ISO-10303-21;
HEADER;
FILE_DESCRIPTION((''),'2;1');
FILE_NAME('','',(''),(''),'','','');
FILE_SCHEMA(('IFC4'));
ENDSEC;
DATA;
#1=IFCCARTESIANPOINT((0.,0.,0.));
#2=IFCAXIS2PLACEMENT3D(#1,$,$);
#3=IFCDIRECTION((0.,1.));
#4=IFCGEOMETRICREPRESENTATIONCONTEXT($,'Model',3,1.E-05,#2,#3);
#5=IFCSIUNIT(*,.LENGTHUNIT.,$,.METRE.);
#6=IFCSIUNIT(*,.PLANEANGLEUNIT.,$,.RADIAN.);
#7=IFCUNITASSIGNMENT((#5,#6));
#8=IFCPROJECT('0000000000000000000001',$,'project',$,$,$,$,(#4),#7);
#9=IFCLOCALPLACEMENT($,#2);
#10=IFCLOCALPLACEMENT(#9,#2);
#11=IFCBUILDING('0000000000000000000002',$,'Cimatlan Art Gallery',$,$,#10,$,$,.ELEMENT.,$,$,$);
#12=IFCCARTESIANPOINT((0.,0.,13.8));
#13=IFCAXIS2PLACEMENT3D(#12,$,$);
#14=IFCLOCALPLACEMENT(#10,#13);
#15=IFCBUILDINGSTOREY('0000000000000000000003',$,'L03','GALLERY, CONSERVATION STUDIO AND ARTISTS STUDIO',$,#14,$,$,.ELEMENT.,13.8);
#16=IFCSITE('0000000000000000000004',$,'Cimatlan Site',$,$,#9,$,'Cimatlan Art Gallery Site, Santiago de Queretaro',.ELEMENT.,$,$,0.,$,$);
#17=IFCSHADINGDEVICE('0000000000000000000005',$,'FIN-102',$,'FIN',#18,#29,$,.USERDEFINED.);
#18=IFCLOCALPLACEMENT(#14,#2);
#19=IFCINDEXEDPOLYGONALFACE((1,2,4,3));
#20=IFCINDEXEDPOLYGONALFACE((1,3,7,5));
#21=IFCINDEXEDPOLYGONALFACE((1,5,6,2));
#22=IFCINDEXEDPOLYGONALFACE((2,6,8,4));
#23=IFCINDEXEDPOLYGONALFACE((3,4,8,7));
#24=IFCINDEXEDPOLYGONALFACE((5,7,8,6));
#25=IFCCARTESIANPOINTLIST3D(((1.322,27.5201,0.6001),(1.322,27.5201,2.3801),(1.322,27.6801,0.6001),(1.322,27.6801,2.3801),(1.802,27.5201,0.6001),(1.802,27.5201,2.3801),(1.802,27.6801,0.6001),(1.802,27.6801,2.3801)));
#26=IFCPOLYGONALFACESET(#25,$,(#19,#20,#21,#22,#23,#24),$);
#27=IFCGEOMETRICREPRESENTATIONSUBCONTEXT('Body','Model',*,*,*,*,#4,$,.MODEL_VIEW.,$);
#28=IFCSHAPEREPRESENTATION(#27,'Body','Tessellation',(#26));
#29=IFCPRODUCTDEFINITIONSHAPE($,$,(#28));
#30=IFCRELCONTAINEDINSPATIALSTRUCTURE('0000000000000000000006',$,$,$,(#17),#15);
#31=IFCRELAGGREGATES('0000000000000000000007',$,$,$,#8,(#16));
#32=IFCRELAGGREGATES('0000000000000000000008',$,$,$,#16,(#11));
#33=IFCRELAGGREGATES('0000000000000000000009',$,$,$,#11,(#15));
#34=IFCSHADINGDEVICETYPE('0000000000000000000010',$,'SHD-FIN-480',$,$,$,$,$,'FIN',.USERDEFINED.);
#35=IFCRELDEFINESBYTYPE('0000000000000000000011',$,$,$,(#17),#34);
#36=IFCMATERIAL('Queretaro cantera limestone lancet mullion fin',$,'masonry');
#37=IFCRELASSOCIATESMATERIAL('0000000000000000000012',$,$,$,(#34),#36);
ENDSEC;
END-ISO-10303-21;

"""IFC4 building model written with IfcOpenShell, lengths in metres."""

from ifc_helpers import new_model, si_unit, direction, frame, origin, origin_2d, place, context, subcontext, project, spatial, rectangle, extrude, material, type_object, element, save


model = new_model("IFC4")

# Units and contexts
model_context = context("Model", 3, precision=1e-05, world=origin(), true_north=direction((0.0, 1.0)))
body_context = subcontext(model_context, "Body", "Model", "MODEL_VIEW")
ifc_project = project(units=[si_unit("LENGTHUNIT", "METRE"), si_unit("PLANEANGLEUNIT", "RADIAN")], contexts=[model_context])

# Site, building, storey
site_placement = place(None, origin())
site = spatial("IfcSite", under=ifc_project, at=site_placement, Name="Cimatlan Site", LongName="Cimatlan Art Gallery Site, Santiago de Queretaro", CompositionType="ELEMENT", RefElevation=0.0)
building_placement = place(site_placement, origin())
building = spatial("IfcBuilding", under=site, at=building_placement, Name="Cimatlan Art Gallery", CompositionType="ELEMENT")
storey_placement = place(building_placement, frame((0.0, 0.0, 13.8)))
storey = spatial("IfcBuildingStorey", under=building, at=storey_placement, Name="L03", Description="GALLERY, CONSERVATION STUDIO AND ARTISTS STUDIO", CompositionType="ELEMENT", Elevation=13.8)

# Shading device
ifc_material_1 = material(Name="Queretaro cantera limestone lancet mullion fin", Category="masonry")
shading_device_type_1 = type_object("IfcShadingDeviceType", Name="SHD-FIN-480", ElementType="FIN", PredefinedType="USERDEFINED", material=ifc_material_1)
shading_device_placement = place(storey_placement, frame((1.562, 27.6001, 0.6001), z_axis=(0.0, 0.0, 1.0), x_axis=(0.0, 1.0, 0.0)))
element("IfcShadingDevice", 1, at=shading_device_placement, inside=storey, type_object=shading_device_type_1, Name="FIN-102", ObjectType="FIN", PredefinedType="USERDEFINED", context=body_context, shape_type="SweptSolid", body=[
    extrude(rectangle(XDim=0.1599, YDim=0.48, at=origin_2d()), origin(), (0.0, 0.0, 1.0), 1.78),
])

save(model, "model.ifc")
